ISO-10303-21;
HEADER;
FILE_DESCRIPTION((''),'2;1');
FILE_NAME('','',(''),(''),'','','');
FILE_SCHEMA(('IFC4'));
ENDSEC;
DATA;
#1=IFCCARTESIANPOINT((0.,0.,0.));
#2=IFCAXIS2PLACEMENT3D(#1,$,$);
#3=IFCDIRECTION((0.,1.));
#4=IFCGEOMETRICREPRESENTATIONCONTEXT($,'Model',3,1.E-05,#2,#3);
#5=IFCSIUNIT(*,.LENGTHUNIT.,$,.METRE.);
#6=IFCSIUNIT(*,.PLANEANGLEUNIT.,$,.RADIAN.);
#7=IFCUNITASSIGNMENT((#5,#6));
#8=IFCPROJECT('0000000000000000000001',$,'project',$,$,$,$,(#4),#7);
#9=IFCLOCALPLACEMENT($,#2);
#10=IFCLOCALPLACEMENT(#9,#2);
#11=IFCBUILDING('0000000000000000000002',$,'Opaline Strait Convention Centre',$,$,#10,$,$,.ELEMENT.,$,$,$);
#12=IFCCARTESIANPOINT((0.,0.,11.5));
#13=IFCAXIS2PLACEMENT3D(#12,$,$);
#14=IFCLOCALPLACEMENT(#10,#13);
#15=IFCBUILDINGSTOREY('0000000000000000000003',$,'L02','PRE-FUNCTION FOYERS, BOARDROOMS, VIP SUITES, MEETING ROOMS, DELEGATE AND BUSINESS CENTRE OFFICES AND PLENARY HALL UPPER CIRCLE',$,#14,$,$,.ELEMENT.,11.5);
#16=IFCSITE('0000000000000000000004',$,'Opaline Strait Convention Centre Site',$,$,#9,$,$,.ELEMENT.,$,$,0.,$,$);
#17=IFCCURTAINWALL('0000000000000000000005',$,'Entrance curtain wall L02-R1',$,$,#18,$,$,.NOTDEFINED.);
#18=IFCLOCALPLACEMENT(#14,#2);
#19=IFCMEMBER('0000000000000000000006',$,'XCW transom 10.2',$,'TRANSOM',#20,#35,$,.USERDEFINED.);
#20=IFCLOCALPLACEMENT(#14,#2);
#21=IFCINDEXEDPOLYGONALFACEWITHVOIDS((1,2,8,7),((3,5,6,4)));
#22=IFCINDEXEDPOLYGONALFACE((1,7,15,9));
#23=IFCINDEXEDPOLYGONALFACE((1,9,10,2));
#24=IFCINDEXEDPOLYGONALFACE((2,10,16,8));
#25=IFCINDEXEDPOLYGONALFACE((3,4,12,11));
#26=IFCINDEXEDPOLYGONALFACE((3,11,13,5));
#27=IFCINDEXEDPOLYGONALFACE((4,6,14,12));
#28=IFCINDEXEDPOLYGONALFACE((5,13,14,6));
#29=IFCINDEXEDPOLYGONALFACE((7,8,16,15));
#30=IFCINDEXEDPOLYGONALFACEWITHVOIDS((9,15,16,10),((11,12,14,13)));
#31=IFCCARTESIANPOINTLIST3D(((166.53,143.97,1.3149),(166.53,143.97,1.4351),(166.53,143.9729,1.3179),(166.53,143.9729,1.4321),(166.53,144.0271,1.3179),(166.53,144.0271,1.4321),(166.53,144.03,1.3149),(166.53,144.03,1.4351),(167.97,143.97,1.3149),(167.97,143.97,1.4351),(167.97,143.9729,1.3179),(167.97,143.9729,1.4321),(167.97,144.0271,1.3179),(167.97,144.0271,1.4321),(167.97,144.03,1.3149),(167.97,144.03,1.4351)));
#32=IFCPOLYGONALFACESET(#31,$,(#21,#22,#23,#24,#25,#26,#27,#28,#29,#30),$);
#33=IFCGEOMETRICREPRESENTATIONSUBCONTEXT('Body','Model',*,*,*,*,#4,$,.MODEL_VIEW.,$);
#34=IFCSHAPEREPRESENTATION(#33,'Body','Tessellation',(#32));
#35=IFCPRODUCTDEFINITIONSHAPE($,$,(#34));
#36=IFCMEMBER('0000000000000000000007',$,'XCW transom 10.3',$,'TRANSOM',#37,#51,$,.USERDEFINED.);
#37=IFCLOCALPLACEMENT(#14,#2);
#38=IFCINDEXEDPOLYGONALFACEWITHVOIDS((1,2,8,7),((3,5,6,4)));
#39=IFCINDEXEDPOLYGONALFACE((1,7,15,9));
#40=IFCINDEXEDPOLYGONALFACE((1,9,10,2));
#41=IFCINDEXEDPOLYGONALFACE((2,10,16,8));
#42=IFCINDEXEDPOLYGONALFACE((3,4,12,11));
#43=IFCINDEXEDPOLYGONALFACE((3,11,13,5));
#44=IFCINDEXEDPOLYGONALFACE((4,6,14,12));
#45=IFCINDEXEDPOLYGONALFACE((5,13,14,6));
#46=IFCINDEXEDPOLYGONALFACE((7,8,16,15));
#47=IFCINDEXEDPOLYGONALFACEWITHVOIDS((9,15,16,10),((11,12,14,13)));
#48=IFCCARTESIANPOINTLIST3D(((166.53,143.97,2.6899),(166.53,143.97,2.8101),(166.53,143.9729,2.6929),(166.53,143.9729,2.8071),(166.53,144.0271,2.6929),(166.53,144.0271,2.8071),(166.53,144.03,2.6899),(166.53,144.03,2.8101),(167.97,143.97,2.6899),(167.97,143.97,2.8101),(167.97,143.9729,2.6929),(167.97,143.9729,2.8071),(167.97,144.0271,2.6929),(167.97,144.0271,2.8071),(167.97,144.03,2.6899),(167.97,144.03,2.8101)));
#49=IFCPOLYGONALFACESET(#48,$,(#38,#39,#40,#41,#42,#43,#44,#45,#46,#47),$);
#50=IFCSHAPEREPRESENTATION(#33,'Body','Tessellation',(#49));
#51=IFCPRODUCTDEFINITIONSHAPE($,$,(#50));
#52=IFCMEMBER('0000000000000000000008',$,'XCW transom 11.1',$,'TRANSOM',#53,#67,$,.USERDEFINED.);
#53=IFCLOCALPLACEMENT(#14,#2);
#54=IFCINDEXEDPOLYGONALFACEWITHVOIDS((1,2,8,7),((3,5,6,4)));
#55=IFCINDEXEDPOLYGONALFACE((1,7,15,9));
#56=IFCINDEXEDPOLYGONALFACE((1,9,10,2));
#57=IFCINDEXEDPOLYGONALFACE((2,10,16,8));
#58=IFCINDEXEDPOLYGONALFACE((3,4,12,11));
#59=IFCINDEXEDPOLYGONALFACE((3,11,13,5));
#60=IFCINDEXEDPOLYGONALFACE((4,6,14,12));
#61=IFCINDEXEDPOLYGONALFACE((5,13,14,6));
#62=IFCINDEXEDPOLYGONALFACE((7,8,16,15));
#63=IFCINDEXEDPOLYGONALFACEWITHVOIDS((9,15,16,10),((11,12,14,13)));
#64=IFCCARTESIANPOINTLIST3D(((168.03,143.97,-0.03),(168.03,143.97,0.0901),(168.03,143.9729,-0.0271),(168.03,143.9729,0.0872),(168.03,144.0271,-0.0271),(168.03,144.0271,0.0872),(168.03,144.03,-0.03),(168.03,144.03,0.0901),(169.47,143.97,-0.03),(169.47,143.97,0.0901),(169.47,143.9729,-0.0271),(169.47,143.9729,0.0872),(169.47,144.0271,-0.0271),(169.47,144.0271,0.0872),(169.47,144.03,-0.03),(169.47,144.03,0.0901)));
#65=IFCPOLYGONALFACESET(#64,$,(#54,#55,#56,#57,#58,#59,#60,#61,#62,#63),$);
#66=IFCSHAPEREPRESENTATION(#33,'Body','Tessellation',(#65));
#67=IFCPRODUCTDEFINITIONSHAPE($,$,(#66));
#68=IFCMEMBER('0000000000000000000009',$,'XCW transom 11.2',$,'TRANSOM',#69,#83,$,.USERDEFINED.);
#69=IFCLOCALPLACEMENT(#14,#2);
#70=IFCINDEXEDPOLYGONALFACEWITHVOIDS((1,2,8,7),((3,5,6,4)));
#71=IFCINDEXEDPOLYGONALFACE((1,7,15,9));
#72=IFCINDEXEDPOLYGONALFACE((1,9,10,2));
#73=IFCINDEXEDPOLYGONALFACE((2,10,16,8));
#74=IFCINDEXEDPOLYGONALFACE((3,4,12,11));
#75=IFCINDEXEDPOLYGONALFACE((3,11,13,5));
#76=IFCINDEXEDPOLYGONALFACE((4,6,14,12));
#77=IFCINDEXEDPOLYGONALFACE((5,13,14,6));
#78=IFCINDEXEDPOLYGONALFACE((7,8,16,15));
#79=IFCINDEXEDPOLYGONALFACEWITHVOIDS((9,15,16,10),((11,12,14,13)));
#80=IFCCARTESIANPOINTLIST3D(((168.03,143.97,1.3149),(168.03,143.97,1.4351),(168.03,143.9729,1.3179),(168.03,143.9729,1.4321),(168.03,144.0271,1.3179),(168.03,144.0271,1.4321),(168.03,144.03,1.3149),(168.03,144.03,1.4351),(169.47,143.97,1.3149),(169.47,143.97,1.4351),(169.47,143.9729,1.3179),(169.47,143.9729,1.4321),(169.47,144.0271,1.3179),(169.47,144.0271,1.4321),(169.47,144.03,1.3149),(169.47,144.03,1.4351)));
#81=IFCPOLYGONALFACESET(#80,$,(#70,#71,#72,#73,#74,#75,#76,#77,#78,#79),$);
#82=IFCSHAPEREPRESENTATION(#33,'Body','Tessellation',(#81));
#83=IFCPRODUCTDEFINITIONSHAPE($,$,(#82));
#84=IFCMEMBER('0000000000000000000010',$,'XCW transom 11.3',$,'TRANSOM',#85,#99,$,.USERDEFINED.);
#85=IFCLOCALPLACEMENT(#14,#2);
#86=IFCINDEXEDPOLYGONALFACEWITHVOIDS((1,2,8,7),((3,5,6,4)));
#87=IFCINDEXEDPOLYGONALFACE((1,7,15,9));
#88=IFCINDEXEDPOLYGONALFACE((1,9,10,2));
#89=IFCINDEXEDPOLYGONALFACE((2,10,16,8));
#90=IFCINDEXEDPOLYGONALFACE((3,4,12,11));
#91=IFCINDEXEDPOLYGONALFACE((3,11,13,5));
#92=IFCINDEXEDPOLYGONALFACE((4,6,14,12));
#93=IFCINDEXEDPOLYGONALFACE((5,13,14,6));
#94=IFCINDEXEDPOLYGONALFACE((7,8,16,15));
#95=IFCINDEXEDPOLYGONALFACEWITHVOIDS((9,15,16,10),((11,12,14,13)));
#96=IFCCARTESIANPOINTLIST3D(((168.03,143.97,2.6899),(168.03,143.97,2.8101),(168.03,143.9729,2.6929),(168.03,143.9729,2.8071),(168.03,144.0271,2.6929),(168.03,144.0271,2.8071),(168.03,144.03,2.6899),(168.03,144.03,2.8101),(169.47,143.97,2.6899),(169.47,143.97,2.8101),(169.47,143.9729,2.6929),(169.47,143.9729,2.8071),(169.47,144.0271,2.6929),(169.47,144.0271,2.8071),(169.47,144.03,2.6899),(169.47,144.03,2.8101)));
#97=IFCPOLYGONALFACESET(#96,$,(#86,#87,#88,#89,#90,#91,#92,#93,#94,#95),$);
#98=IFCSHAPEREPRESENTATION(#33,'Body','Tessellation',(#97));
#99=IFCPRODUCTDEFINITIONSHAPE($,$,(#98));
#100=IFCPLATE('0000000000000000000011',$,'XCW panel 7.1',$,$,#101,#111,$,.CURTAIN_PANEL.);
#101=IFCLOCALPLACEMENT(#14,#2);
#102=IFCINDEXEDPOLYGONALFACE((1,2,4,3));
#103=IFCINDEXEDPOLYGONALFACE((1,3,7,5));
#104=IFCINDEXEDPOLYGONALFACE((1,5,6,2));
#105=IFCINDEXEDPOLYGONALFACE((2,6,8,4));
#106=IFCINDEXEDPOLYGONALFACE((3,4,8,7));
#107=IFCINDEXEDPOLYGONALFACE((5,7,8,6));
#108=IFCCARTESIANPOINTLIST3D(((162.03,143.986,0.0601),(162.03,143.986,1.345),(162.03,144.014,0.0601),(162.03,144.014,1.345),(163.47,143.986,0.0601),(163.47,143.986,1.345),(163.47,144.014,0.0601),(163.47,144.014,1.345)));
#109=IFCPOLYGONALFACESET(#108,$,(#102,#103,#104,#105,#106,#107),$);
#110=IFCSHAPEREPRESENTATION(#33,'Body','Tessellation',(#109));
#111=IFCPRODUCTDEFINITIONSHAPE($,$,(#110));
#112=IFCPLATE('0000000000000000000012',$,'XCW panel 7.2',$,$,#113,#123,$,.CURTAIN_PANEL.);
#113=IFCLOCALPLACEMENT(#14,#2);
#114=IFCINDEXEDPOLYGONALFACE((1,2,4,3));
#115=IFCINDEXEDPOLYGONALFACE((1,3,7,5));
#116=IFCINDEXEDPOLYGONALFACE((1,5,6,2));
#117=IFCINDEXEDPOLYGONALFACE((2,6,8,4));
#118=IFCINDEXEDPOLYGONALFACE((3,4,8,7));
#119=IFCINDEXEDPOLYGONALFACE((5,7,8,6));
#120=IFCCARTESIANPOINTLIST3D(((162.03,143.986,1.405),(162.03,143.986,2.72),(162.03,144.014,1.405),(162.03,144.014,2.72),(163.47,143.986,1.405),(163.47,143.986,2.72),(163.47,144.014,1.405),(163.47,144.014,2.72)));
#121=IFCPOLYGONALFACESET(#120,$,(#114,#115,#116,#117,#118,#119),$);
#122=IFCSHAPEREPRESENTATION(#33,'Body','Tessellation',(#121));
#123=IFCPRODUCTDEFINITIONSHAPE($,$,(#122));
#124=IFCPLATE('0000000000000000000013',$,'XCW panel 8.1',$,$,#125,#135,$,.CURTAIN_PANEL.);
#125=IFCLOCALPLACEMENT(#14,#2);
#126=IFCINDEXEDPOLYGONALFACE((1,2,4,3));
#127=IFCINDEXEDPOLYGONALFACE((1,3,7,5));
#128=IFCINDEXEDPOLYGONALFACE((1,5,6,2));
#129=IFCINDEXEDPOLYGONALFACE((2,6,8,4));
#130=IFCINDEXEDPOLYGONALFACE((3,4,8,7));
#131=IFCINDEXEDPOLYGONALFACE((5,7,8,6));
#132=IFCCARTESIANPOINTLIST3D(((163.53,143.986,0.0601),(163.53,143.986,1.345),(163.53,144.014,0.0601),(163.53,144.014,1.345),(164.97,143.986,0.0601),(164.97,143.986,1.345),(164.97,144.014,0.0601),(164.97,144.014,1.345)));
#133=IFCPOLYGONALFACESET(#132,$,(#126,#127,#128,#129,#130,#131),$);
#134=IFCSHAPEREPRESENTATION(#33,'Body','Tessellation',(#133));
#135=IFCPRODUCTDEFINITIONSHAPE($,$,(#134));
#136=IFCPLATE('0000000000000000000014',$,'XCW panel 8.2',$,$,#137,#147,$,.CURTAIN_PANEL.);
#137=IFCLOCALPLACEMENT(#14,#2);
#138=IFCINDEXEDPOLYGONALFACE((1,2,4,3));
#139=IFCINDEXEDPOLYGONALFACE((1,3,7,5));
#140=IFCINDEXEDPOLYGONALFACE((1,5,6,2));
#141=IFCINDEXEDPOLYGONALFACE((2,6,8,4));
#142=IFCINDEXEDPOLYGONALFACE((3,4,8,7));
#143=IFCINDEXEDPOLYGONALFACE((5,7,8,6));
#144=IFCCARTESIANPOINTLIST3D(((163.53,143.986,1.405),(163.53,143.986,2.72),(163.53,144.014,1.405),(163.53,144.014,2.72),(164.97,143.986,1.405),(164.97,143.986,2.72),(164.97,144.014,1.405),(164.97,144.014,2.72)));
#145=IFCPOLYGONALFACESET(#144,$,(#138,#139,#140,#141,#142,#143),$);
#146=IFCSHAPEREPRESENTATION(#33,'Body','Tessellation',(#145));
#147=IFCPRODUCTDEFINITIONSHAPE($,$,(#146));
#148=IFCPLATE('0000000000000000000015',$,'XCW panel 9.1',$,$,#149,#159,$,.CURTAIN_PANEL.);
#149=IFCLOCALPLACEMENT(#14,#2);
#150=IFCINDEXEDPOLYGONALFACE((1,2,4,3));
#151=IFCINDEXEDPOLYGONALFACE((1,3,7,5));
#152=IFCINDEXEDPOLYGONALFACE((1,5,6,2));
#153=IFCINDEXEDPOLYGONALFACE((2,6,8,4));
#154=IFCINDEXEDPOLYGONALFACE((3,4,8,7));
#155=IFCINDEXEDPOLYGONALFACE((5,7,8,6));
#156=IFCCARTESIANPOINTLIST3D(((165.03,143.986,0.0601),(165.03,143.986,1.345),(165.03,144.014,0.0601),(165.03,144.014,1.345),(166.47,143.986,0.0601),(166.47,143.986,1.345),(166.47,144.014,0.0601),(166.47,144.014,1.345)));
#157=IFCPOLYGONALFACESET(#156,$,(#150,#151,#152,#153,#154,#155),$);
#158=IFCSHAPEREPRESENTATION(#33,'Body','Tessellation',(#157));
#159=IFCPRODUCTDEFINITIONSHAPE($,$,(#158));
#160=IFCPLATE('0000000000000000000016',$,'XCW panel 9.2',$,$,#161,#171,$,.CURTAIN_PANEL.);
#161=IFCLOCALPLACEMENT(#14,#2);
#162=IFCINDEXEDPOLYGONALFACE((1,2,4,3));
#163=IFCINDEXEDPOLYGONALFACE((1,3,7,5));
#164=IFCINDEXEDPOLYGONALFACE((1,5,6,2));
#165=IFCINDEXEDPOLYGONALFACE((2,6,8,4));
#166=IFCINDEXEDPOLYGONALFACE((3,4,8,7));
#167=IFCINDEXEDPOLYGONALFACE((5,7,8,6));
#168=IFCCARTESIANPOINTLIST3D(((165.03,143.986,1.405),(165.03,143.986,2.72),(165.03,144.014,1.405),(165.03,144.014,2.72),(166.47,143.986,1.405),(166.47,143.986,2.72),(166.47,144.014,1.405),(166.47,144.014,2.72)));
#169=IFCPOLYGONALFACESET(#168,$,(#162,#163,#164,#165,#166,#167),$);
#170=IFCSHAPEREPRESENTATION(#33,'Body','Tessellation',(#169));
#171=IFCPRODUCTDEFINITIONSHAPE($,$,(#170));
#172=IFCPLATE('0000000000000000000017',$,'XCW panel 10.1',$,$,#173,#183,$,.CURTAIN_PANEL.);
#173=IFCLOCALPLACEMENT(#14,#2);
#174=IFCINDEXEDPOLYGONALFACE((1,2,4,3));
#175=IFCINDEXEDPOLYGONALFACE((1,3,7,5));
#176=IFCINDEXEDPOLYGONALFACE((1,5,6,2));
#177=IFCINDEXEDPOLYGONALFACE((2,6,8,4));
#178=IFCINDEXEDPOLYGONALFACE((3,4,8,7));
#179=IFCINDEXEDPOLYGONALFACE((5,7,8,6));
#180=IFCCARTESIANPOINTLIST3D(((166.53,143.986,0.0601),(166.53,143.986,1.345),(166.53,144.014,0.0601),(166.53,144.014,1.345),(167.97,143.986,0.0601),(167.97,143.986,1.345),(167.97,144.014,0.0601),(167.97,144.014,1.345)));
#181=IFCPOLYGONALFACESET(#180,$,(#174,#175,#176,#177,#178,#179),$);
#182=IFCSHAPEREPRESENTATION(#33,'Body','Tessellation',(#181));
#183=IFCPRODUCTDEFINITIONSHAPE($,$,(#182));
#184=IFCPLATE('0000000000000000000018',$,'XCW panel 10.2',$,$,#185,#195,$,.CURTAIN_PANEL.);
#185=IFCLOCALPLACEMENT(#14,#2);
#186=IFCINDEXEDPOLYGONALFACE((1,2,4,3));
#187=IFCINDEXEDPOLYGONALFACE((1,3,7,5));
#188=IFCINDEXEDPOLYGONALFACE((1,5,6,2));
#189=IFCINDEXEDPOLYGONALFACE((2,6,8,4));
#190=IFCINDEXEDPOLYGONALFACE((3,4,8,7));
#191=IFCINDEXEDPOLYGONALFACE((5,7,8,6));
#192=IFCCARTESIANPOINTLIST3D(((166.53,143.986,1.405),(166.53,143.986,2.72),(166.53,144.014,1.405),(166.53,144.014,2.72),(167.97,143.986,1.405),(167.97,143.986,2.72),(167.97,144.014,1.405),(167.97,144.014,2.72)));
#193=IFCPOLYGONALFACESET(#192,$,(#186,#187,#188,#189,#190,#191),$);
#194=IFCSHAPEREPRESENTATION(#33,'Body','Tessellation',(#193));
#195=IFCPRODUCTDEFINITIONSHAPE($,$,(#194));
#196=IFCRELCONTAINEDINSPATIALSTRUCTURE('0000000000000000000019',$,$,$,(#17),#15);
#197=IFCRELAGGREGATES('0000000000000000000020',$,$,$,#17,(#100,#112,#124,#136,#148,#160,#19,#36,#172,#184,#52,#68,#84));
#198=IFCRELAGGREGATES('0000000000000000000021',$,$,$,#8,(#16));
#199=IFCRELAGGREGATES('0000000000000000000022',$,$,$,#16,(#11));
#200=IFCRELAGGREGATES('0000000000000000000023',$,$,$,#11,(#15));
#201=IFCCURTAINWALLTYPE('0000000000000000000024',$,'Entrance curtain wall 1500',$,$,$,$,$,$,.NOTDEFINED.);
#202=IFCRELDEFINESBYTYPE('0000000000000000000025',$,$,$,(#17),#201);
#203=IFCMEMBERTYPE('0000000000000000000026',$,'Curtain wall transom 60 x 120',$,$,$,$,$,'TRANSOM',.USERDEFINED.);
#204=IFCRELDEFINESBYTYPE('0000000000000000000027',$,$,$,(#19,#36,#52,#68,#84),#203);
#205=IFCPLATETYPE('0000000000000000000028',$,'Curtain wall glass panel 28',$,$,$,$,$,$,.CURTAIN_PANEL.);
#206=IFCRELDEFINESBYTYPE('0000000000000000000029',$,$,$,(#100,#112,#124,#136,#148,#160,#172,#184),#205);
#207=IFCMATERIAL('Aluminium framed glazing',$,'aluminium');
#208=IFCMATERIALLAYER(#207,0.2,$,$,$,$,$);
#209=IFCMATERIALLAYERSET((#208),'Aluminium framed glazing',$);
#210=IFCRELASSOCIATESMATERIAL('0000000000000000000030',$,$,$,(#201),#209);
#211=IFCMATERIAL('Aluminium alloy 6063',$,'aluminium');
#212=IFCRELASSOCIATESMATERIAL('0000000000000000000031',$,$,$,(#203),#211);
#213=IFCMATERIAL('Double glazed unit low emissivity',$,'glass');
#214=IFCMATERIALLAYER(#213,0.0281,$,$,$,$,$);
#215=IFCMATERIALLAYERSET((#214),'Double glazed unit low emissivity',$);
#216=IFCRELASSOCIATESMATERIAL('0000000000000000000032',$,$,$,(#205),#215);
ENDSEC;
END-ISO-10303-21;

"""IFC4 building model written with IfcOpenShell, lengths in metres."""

from ifc_helpers import new_model, si_unit, direction, frame, origin, origin_2d, place, context, subcontext, project, spatial, rectangle, hollow_rectangle, extrude, material, layer, layer_set, material_profile, profile_set, type_object, element, aggregate, save


model = new_model("IFC4")

# Units and contexts
model_context = context("Model", 3, precision=1e-05, world=origin(), true_north=direction((0.0, 1.0)))
body_context = subcontext(model_context, "Body", "Model", "MODEL_VIEW")
ifc_project = project(units=[si_unit("LENGTHUNIT", "METRE"), si_unit("PLANEANGLEUNIT", "RADIAN")], contexts=[model_context])

# Site, building, storey
site_placement = place(None, origin())
site = spatial("IfcSite", under=ifc_project, at=site_placement, Name="Opaline Strait Convention Centre Site", CompositionType="ELEMENT", RefElevation=0.0)
building_placement = place(site_placement, origin())
building = spatial("IfcBuilding", under=site, at=building_placement, Name="Opaline Strait Convention Centre", CompositionType="ELEMENT")
storey_placement = place(building_placement, frame((0.0, 0.0, 11.5)))
storey = spatial("IfcBuildingStorey", under=building, at=storey_placement, Name="L02", Description="PRE-FUNCTION FOYERS, BOARDROOMS, VIP SUITES, MEETING ROOMS, DELEGATE AND BUSINESS CENTRE OFFICES AND PLENARY HALL UPPER CIRCLE", CompositionType="ELEMENT", Elevation=11.5)

# Curtain wall, members, plates
ifc_material_1 = material(Name="Aluminium framed glazing", Category="aluminium")
ifc_layer_1 = layer(ifc_material_1, 0.2)
ifc_layer_set_1 = layer_set([ifc_layer_1], Name="Aluminium framed glazing")
curtain_wall_type = type_object("IfcCurtainWallType", Name="Entrance curtain wall 1500", PredefinedType="NOTDEFINED", material=ifc_layer_set_1)
curtain_wall_placement = place(storey_placement, origin())
curtain_wall = element("IfcCurtainWall", 1, at=curtain_wall_placement, inside=storey, type_object=curtain_wall_type, Name="Entrance curtain wall L02-R1", PredefinedType="NOTDEFINED")
ifc_material_2 = material(Name="Aluminium alloy 6063", Category="aluminium")
ifc_material_profile_1 = material_profile(ifc_material_2, hollow_rectangle(XDim=0.0601, YDim=0.1201, WallThickness=0.0029, at=origin_2d()), Name="TRANSOM 60x120x3")
ifc_profile_set_1 = profile_set([ifc_material_profile_1], Name="Aluminium alloy 6063")
member_type_1 = type_object("IfcMemberType", Name="Curtain wall transom 60 x 120", ElementType="TRANSOM", PredefinedType="USERDEFINED", material=ifc_profile_set_1)
member_1_placement = place(storey_placement, frame((166.53, 144.0, 1.375), z_axis=(1.0, 0.0, 0.0), x_axis=(0.0, 1.0, 0.0)))
member_1 = element("IfcMember", 2, at=member_1_placement, type_object=member_type_1, Name="XCW transom 10.2", ObjectType="TRANSOM", PredefinedType="USERDEFINED", context=body_context, shape_type="SweptSolid", body=[
    extrude(hollow_rectangle(XDim=0.0601, YDim=0.1201, WallThickness=0.0029, at=origin_2d()), origin(), (0.0, 0.0, 1.0), 1.4399),
])
member_2_placement = place(storey_placement, frame((166.53, 144.0, 2.75), z_axis=(1.0, 0.0, 0.0), x_axis=(0.0, 1.0, 0.0)))
member_2 = element("IfcMember", 3, at=member_2_placement, type_object=member_type_1, Name="XCW transom 10.3", ObjectType="TRANSOM", PredefinedType="USERDEFINED", context=body_context, shape_type="SweptSolid", body=[
    extrude(hollow_rectangle(XDim=0.0601, YDim=0.1201, WallThickness=0.0029, at=origin_2d()), origin(), (0.0, 0.0, 1.0), 1.4399),
])
member_3_placement = place(storey_placement, frame((168.03, 144.0, 0.03), z_axis=(1.0, 0.0, 0.0), x_axis=(0.0, 1.0, 0.0)))
member_3 = element("IfcMember", 4, at=member_3_placement, type_object=member_type_1, Name="XCW transom 11.1", ObjectType="TRANSOM", PredefinedType="USERDEFINED", context=body_context, shape_type="SweptSolid", body=[
    extrude(hollow_rectangle(XDim=0.0601, YDim=0.1201, WallThickness=0.0029, at=origin_2d()), origin(), (0.0, 0.0, 1.0), 1.4399),
])
member_4_placement = place(storey_placement, frame((168.03, 144.0, 1.375), z_axis=(1.0, 0.0, 0.0), x_axis=(0.0, 1.0, 0.0)))
member_4 = element("IfcMember", 5, at=member_4_placement, type_object=member_type_1, Name="XCW transom 11.2", ObjectType="TRANSOM", PredefinedType="USERDEFINED", context=body_context, shape_type="SweptSolid", body=[
    extrude(hollow_rectangle(XDim=0.0601, YDim=0.1201, WallThickness=0.0029, at=origin_2d()), origin(), (0.0, 0.0, 1.0), 1.4399),
])
member_5_placement = place(storey_placement, frame((168.03, 144.0, 2.75), z_axis=(1.0, 0.0, 0.0), x_axis=(0.0, 1.0, 0.0)))
member_5 = element("IfcMember", 6, at=member_5_placement, type_object=member_type_1, Name="XCW transom 11.3", ObjectType="TRANSOM", PredefinedType="USERDEFINED", context=body_context, shape_type="SweptSolid", body=[
    extrude(hollow_rectangle(XDim=0.0601, YDim=0.1201, WallThickness=0.0029, at=origin_2d()), origin(), (0.0, 0.0, 1.0), 1.4399),
])
ifc_material_3 = material(Name="Double glazed unit low emissivity", Category="glass")
ifc_layer_2 = layer(ifc_material_3, 0.0281)
ifc_layer_set_2 = layer_set([ifc_layer_2], Name="Double glazed unit low emissivity")
plate_type = type_object("IfcPlateType", Name="Curtain wall glass panel 28", PredefinedType="CURTAIN_PANEL", material=ifc_layer_set_2)
plate_1_placement = place(storey_placement, frame((162.75, 144.0, 0.0601), z_axis=(0.0, 0.0, 1.0), x_axis=(1.0, 0.0, 0.0)))
plate_1 = element("IfcPlate", 7, at=plate_1_placement, type_object=plate_type, Name="XCW panel 7.1", PredefinedType="CURTAIN_PANEL", context=body_context, shape_type="SweptSolid", body=[
    extrude(rectangle(XDim=1.4399, YDim=0.0281, at=origin_2d()), origin(), (0.0, 0.0, 1.0), 1.2849),
])
plate_2_placement = place(storey_placement, frame((162.75, 144.0, 1.405), z_axis=(0.0, 0.0, 1.0), x_axis=(1.0, 0.0, 0.0)))
plate_2 = element("IfcPlate", 8, at=plate_2_placement, type_object=plate_type, Name="XCW panel 7.2", PredefinedType="CURTAIN_PANEL", context=body_context, shape_type="SweptSolid", body=[
    extrude(rectangle(XDim=1.4399, YDim=0.0281, at=origin_2d()), origin(), (0.0, 0.0, 1.0), 1.3149),
])
plate_3_placement = place(storey_placement, frame((164.25, 144.0, 0.0601), z_axis=(0.0, 0.0, 1.0), x_axis=(1.0, 0.0, 0.0)))
plate_3 = element("IfcPlate", 9, at=plate_3_placement, type_object=plate_type, Name="XCW panel 8.1", PredefinedType="CURTAIN_PANEL", context=body_context, shape_type="SweptSolid", body=[
    extrude(rectangle(XDim=1.4399, YDim=0.0281, at=origin_2d()), origin(), (0.0, 0.0, 1.0), 1.2849),
])
plate_4_placement = place(storey_placement, frame((164.25, 144.0, 1.405), z_axis=(0.0, 0.0, 1.0), x_axis=(1.0, 0.0, 0.0)))
plate_4 = element("IfcPlate", 10, at=plate_4_placement, type_object=plate_type, Name="XCW panel 8.2", PredefinedType="CURTAIN_PANEL", context=body_context, shape_type="SweptSolid", body=[
    extrude(rectangle(XDim=1.4399, YDim=0.0281, at=origin_2d()), origin(), (0.0, 0.0, 1.0), 1.3149),
])
plate_5_placement = place(storey_placement, frame((165.75, 144.0, 0.0601), z_axis=(0.0, 0.0, 1.0), x_axis=(1.0, 0.0, 0.0)))
plate_5 = element("IfcPlate", 11, at=plate_5_placement, type_object=plate_type, Name="XCW panel 9.1", PredefinedType="CURTAIN_PANEL", context=body_context, shape_type="SweptSolid", body=[
    extrude(rectangle(XDim=1.4399, YDim=0.0281, at=origin_2d()), origin(), (0.0, 0.0, 1.0), 1.2849),
])
plate_6_placement = place(storey_placement, frame((165.75, 144.0, 1.405), z_axis=(0.0, 0.0, 1.0), x_axis=(1.0, 0.0, 0.0)))
plate_6 = element("IfcPlate", 12, at=plate_6_placement, type_object=plate_type, Name="XCW panel 9.2", PredefinedType="CURTAIN_PANEL", context=body_context, shape_type="SweptSolid", body=[
    extrude(rectangle(XDim=1.4399, YDim=0.0281, at=origin_2d()), origin(), (0.0, 0.0, 1.0), 1.3149),
])
plate_7_placement = place(storey_placement, frame((167.25, 144.0, 0.0601), z_axis=(0.0, 0.0, 1.0), x_axis=(1.0, 0.0, 0.0)))
plate_7 = element("IfcPlate", 13, at=plate_7_placement, type_object=plate_type, Name="XCW panel 10.1", PredefinedType="CURTAIN_PANEL", context=body_context, shape_type="SweptSolid", body=[
    extrude(rectangle(XDim=1.4399, YDim=0.0281, at=origin_2d()), origin(), (0.0, 0.0, 1.0), 1.2849),
])
plate_8_placement = place(storey_placement, frame((167.25, 144.0, 1.405), z_axis=(0.0, 0.0, 1.0), x_axis=(1.0, 0.0, 0.0)))
plate_8 = element("IfcPlate", 14, at=plate_8_placement, type_object=plate_type, Name="XCW panel 10.2", PredefinedType="CURTAIN_PANEL", context=body_context, shape_type="SweptSolid", body=[
    extrude(rectangle(XDim=1.4399, YDim=0.0281, at=origin_2d()), origin(), (0.0, 0.0, 1.0), 1.3149),
])
aggregate(curtain_wall, [plate_1, plate_2, plate_3, plate_4, plate_5, plate_6, member_1, member_2, plate_7, plate_8, member_3, member_4, member_5])

save(model, "model.ifc")
